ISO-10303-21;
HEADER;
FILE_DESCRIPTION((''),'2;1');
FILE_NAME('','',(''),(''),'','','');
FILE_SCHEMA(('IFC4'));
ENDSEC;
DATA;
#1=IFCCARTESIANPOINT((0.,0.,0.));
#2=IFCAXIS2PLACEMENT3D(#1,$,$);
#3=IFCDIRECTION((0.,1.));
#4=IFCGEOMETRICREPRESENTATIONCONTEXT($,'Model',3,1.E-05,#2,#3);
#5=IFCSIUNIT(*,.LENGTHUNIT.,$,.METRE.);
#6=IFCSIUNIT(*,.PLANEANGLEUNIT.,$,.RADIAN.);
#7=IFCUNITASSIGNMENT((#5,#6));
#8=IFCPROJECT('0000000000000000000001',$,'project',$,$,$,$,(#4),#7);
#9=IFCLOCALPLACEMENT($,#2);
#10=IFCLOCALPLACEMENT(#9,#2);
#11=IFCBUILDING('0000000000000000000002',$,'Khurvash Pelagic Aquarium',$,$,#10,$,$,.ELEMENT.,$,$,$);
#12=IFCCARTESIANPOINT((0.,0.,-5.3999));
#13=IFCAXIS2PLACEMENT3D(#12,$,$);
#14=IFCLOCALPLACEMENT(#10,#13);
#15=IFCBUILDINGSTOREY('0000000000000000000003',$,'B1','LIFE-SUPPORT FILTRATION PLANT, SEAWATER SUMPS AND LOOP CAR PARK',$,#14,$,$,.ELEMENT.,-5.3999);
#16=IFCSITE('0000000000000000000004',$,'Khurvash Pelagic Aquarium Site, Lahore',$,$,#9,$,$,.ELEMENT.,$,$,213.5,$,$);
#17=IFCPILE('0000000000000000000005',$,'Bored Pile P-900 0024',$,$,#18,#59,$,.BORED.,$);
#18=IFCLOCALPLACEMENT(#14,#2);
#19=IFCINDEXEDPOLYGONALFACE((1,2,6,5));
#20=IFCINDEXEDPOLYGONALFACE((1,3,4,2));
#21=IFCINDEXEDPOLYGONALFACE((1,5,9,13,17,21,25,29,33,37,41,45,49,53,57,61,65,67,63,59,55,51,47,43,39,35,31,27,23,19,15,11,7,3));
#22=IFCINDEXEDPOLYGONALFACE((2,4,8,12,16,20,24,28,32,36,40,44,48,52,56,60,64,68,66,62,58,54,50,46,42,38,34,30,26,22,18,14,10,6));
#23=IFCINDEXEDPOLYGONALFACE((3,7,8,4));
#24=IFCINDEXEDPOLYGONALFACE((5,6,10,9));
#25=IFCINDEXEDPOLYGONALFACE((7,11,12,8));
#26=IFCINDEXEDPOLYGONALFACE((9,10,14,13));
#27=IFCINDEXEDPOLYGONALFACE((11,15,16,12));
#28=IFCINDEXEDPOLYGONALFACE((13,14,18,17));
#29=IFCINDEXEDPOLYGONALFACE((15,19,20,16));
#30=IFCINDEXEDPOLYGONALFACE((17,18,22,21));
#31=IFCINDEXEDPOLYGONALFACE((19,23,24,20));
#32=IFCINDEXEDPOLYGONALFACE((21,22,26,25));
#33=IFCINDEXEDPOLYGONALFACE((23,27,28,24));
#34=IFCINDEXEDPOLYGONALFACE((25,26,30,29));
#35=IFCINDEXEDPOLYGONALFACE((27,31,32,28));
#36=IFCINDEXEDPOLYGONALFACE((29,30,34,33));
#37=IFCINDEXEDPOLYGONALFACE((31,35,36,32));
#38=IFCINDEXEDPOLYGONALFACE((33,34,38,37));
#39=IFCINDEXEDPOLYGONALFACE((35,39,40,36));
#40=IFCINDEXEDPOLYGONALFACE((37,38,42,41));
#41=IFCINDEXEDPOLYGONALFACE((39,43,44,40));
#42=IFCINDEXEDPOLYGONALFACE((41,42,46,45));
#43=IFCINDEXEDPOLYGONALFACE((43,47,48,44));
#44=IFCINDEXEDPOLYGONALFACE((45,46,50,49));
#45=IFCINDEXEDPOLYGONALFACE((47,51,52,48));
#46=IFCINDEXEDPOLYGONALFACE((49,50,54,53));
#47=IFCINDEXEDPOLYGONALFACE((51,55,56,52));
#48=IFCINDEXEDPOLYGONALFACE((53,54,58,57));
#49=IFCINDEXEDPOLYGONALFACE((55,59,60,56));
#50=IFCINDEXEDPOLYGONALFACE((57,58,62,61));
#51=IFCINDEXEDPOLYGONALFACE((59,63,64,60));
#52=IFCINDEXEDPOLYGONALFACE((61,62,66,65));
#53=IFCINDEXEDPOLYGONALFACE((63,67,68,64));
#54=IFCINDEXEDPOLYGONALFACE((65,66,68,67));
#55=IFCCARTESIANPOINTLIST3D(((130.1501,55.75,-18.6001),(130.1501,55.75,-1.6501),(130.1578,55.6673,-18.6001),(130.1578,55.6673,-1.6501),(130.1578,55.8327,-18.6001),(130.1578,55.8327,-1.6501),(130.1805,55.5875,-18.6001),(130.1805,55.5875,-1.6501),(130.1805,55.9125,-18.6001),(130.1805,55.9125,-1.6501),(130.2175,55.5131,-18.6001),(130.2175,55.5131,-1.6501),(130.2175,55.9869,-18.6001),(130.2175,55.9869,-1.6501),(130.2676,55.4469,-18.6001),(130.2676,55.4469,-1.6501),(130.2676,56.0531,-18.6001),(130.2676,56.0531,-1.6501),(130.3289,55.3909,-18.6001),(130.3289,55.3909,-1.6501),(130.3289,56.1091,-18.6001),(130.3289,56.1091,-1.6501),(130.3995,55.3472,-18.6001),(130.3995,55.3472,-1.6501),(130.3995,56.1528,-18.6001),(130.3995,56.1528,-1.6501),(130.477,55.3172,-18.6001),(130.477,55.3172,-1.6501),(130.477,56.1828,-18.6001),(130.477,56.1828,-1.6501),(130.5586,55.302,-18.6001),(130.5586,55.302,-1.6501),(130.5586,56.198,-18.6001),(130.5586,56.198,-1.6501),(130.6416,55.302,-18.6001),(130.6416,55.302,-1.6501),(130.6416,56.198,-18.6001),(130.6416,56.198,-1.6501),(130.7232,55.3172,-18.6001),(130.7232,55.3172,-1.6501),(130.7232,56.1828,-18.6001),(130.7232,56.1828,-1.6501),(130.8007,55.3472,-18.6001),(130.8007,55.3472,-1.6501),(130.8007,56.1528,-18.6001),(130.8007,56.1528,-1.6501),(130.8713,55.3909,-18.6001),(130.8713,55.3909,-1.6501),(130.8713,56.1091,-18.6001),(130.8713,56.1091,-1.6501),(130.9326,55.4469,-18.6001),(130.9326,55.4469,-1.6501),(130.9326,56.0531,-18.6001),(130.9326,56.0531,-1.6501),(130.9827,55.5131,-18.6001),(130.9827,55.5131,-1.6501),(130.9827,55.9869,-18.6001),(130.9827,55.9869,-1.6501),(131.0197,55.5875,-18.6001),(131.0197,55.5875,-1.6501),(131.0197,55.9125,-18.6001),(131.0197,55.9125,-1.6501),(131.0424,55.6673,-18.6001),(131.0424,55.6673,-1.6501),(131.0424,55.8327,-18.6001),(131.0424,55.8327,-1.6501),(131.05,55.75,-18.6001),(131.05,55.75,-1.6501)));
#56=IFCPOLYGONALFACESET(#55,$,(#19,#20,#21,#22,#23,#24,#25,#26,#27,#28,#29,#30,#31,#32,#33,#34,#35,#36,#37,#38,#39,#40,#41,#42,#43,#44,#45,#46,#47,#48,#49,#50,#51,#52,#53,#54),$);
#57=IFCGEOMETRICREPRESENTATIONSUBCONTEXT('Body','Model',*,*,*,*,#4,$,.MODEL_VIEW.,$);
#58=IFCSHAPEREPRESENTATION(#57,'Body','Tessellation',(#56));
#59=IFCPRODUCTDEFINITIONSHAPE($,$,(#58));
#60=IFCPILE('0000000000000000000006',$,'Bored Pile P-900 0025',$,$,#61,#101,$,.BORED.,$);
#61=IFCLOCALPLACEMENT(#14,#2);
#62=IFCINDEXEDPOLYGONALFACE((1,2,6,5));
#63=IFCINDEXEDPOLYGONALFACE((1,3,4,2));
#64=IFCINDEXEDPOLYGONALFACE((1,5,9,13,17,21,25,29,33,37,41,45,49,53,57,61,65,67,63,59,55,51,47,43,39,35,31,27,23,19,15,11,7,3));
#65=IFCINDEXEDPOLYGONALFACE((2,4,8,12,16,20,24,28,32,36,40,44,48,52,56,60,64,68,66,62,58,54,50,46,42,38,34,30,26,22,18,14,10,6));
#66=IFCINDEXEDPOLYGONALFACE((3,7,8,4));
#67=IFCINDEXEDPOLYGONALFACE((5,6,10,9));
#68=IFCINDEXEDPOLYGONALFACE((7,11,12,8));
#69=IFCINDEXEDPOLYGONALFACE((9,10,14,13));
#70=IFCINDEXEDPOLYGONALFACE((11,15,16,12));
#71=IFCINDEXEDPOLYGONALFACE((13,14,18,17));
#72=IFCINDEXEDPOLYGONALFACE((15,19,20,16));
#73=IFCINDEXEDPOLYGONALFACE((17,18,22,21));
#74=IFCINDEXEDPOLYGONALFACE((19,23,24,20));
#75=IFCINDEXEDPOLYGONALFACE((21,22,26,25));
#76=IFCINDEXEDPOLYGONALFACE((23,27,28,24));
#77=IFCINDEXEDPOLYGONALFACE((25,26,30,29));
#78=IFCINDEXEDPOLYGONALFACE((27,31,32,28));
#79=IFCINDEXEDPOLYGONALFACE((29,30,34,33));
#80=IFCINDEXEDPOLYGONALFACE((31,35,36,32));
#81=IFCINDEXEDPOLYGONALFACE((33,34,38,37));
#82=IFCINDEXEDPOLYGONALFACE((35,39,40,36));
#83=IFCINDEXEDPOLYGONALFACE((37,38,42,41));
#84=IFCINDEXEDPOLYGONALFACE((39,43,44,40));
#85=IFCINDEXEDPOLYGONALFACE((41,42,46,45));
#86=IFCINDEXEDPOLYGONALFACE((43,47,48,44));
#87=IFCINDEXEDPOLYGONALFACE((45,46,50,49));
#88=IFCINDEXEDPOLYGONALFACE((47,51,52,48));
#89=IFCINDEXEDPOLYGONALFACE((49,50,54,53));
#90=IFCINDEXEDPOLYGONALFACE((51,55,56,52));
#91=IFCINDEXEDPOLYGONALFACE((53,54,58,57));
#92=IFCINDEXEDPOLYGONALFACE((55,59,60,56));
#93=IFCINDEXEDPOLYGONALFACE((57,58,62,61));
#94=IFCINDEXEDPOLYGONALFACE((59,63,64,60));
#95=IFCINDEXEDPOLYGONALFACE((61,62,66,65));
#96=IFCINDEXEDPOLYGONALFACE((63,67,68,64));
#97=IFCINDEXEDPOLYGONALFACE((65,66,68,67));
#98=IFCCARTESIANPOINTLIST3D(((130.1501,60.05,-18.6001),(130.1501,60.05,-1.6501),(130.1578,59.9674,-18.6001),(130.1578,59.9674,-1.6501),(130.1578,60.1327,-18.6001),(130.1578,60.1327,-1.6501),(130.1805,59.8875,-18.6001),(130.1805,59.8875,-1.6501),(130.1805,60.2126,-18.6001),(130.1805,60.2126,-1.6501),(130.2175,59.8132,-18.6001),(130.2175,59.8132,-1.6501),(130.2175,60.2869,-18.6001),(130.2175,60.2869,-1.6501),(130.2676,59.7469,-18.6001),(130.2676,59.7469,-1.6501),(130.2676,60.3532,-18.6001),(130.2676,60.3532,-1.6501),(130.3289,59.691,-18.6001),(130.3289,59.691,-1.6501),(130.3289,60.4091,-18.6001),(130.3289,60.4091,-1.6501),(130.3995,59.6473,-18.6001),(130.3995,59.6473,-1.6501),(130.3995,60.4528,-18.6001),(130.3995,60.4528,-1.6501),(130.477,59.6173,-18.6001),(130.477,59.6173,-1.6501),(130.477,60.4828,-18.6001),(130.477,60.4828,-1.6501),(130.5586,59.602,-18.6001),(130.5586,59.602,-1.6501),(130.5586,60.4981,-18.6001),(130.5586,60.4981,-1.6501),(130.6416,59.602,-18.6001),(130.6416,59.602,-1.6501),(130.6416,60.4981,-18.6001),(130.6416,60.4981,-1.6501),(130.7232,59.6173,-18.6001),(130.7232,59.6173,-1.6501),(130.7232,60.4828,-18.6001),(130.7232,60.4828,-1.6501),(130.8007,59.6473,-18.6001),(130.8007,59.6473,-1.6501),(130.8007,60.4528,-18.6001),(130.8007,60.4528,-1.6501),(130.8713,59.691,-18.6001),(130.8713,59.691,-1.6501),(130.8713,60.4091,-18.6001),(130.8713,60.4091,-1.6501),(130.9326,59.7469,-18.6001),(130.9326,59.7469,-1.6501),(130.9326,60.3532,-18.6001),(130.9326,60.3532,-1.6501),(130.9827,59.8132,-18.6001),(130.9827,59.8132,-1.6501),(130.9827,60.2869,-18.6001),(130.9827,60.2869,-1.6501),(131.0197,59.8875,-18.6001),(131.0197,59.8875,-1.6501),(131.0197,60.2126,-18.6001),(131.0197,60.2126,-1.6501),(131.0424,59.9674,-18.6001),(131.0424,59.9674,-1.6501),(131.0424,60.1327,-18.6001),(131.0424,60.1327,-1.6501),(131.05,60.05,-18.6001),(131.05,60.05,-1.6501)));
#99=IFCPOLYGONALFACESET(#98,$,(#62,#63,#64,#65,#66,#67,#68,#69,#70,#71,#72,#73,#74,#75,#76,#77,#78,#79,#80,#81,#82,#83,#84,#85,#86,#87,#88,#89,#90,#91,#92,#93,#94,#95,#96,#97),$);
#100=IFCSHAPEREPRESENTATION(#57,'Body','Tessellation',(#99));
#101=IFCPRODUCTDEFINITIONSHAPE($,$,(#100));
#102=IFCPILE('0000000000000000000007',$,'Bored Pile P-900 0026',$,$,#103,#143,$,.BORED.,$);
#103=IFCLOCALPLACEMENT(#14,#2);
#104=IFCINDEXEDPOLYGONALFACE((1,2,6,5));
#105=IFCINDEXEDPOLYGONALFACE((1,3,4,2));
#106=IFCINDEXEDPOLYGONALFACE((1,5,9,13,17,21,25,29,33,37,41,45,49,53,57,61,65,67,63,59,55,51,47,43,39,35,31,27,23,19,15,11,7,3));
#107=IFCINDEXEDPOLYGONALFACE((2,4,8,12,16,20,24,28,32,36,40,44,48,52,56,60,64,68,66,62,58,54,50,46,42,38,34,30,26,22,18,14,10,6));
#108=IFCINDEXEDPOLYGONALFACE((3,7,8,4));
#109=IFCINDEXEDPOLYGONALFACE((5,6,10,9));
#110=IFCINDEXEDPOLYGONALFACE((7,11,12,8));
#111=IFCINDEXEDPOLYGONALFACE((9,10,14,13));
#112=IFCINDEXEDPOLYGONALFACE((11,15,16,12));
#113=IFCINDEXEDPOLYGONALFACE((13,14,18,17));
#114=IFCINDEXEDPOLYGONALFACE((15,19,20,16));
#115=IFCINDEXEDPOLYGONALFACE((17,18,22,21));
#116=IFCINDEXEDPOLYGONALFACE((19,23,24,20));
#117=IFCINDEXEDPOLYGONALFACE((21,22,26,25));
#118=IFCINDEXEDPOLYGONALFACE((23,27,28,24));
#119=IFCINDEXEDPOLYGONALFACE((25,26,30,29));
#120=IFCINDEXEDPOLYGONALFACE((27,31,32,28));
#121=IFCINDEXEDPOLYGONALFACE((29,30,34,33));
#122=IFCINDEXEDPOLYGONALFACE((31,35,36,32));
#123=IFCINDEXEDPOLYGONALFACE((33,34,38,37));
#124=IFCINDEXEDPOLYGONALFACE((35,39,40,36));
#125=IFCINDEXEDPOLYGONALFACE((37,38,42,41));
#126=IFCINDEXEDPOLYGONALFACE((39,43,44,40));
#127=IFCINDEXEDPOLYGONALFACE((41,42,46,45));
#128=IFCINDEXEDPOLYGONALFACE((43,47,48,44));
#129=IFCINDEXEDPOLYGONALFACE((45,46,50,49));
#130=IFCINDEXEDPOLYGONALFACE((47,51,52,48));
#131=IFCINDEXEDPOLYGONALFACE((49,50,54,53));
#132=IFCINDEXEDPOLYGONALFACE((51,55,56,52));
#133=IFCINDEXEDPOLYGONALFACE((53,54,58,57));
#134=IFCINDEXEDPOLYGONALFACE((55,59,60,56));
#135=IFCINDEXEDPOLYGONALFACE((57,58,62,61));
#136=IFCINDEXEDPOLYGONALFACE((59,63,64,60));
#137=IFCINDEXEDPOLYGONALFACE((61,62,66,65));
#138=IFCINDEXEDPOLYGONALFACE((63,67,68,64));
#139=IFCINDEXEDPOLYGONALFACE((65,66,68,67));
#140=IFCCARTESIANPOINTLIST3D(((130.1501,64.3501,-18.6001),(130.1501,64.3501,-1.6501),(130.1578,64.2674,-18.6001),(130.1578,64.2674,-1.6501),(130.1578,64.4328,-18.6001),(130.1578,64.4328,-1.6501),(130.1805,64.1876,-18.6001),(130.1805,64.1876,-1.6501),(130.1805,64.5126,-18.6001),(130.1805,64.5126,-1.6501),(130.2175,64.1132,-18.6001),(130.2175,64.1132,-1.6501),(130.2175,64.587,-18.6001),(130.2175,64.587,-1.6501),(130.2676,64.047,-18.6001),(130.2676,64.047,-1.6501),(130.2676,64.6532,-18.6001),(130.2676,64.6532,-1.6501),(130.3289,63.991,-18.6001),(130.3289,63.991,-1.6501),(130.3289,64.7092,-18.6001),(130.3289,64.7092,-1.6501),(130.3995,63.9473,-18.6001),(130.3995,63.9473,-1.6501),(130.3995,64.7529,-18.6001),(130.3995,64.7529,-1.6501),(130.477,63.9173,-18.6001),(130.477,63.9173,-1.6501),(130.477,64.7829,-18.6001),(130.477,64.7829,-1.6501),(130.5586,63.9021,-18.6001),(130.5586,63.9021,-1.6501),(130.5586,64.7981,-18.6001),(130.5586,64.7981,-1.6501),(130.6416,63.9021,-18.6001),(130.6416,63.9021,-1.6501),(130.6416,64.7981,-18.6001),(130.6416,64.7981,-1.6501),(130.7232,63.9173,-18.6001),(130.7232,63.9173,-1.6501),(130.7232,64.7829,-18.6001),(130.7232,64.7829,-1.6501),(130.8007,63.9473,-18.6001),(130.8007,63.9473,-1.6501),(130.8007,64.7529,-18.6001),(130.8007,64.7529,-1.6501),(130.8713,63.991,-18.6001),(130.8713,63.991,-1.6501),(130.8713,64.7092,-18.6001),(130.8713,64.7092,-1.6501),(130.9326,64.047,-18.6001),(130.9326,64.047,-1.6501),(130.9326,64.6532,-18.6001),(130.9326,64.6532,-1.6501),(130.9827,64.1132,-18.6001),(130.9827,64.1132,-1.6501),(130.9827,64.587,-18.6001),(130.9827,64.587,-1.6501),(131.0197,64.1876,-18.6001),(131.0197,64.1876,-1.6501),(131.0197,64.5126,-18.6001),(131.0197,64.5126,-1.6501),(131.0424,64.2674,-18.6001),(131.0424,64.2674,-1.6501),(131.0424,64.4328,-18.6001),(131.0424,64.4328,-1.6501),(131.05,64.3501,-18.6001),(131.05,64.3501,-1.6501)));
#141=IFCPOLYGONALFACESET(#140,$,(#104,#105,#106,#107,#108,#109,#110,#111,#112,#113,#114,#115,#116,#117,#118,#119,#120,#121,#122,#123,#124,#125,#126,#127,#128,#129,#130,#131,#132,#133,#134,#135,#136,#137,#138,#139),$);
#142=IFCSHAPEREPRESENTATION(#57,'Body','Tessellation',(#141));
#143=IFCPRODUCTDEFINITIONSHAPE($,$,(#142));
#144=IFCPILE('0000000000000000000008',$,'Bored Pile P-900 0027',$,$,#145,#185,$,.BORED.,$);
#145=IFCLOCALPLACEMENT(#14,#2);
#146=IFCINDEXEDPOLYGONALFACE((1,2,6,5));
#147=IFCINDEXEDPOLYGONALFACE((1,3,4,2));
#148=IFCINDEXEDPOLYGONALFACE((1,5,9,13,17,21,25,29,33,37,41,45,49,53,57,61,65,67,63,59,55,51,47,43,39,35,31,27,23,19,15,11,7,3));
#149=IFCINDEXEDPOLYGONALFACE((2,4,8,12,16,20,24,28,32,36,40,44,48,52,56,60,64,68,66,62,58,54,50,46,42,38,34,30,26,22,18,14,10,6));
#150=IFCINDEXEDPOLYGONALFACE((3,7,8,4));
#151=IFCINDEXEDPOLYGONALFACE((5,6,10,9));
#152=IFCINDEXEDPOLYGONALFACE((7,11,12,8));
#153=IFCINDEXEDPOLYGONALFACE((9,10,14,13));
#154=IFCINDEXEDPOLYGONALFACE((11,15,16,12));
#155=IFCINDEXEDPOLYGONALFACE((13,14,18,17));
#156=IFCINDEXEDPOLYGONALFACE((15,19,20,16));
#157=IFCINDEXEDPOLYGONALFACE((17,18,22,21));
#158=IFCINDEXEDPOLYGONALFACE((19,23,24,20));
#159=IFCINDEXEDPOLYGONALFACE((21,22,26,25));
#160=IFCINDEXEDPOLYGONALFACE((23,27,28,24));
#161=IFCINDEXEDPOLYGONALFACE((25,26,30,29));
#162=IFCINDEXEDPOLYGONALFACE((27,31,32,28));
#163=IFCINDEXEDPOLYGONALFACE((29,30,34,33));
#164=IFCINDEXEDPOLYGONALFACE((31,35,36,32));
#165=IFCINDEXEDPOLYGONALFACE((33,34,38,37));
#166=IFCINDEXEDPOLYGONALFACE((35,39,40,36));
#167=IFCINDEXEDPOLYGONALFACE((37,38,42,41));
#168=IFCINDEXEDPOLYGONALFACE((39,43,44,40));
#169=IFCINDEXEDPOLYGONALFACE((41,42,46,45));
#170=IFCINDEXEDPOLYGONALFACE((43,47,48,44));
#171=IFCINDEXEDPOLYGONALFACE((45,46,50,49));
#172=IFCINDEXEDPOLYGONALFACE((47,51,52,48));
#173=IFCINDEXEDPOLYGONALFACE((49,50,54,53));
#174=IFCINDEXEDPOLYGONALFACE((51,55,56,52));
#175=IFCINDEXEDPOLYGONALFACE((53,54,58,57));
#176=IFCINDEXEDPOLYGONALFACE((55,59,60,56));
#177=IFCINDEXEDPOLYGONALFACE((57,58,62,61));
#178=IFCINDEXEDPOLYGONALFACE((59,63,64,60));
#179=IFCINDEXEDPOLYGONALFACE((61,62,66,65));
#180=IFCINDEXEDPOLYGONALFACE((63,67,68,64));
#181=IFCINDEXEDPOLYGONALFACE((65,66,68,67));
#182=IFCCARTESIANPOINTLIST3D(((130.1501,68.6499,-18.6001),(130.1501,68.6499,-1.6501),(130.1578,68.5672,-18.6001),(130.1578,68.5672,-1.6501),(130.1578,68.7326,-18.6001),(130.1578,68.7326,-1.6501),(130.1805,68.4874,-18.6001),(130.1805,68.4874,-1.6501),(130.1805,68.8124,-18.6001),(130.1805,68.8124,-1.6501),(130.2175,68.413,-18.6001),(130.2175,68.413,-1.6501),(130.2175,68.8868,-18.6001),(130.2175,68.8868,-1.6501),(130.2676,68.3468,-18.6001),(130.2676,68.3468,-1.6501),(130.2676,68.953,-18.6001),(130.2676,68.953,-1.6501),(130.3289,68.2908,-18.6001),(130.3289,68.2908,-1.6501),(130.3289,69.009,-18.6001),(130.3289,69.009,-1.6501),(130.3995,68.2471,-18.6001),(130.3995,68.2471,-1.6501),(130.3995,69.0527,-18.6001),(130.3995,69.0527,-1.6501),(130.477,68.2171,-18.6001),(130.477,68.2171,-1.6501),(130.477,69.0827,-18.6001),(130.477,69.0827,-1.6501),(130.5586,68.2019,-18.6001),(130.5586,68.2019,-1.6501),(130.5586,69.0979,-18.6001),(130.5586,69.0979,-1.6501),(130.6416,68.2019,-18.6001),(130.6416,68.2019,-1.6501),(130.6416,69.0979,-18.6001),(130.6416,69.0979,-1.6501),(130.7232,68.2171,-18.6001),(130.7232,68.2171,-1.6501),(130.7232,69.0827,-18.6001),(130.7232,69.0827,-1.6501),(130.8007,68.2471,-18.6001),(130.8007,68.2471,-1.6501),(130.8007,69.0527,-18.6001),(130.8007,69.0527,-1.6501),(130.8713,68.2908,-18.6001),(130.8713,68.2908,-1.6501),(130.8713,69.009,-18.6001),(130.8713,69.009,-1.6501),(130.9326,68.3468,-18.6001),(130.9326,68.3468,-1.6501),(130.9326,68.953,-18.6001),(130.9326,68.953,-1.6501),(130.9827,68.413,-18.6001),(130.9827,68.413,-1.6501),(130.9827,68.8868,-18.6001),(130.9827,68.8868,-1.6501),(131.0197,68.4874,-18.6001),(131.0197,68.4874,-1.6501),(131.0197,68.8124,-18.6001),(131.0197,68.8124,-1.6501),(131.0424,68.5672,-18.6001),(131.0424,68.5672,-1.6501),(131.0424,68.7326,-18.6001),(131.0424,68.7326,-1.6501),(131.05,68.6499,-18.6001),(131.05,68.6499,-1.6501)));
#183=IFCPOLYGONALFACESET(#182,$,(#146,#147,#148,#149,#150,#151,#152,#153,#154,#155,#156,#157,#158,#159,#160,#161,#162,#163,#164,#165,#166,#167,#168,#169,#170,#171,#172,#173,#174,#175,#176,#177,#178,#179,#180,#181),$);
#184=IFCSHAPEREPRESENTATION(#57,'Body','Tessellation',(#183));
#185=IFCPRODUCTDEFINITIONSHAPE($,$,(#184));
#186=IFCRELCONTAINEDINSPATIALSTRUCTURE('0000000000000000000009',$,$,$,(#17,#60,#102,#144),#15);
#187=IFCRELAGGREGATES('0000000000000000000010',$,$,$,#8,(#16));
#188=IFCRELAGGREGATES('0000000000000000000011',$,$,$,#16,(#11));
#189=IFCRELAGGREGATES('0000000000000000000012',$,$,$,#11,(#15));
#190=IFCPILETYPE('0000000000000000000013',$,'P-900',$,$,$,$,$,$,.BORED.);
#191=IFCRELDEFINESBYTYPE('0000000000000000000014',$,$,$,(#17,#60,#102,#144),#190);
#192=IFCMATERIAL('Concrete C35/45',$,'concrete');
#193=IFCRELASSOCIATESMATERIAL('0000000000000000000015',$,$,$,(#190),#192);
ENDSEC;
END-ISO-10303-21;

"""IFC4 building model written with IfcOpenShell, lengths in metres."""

from ifc_helpers import new_model, si_unit, direction, frame, origin, origin_2d, place, context, subcontext, project, spatial, circle, extrude, material, material_profile, profile_set, type_object, element, save


model = new_model("IFC4")

# Units and contexts
model_context = context("Model", 3, precision=1e-05, world=origin(), true_north=direction((0.0, 1.0)))
body_context = subcontext(model_context, "Body", "Model", "MODEL_VIEW")
ifc_project = project(units=[si_unit("LENGTHUNIT", "METRE"), si_unit("PLANEANGLEUNIT", "RADIAN")], contexts=[model_context])

# Site, building, storey
site_placement = place(None, origin())
site = spatial("IfcSite", under=ifc_project, at=site_placement, Name="Khurvash Pelagic Aquarium Site, Lahore", CompositionType="ELEMENT", RefElevation=213.5)
building_placement = place(site_placement, origin())
building = spatial("IfcBuilding", under=site, at=building_placement, Name="Khurvash Pelagic Aquarium", CompositionType="ELEMENT")
storey_placement = place(building_placement, frame((0.0, 0.0, -5.3999)))
storey = spatial("IfcBuildingStorey", under=building, at=storey_placement, Name="B1", Description="LIFE-SUPPORT FILTRATION PLANT, SEAWATER SUMPS AND LOOP CAR PARK", CompositionType="ELEMENT", Elevation=-5.3999)

# Piles
ifc_material = material(Name="Concrete C35/45", Category="concrete")
ifc_material_profile = material_profile(ifc_material, circle(Radius=0.45, at=origin_2d()), Name="PILE900")
ifc_profile_set = profile_set([ifc_material_profile], Name="Concrete C35/45")
pile_type = type_object("IfcPileType", Name="P-900", PredefinedType="BORED", material=ifc_profile_set)
for number, where, z_axis, x_axis, name in (
    (1, (130.6001, 55.75, -1.6501), (0.0, 0.0, -1.0), (1.0, 0.0, 0.0), "Bored Pile P-900 0024"),
    (2, (130.6001, 60.05, -1.6501), (0.0, 0.0, -1.0), (1.0, 0.0, 0.0), "Bored Pile P-900 0025"),
    (3, (130.6001, 64.3501, -1.6501), (0.0, 0.0, -1.0), (1.0, 0.0, 0.0), "Bored Pile P-900 0026"),
    (4, (130.6001, 68.6499, -1.6501), (0.0, 0.0, -1.0), (1.0, 0.0, 0.0), "Bored Pile P-900 0027"),
):
    element("IfcPile", number, at=place(storey_placement, frame(where, z_axis=z_axis, x_axis=x_axis)), inside=storey, type_object=pile_type, Name=name, PredefinedType="BORED", context=body_context, shape_type="SweptSolid", body=[
        extrude(circle(Radius=0.45, at=origin_2d()), origin(), (0.0, 0.0, 1.0), 16.95),
    ])

save(model, "model.ifc")
